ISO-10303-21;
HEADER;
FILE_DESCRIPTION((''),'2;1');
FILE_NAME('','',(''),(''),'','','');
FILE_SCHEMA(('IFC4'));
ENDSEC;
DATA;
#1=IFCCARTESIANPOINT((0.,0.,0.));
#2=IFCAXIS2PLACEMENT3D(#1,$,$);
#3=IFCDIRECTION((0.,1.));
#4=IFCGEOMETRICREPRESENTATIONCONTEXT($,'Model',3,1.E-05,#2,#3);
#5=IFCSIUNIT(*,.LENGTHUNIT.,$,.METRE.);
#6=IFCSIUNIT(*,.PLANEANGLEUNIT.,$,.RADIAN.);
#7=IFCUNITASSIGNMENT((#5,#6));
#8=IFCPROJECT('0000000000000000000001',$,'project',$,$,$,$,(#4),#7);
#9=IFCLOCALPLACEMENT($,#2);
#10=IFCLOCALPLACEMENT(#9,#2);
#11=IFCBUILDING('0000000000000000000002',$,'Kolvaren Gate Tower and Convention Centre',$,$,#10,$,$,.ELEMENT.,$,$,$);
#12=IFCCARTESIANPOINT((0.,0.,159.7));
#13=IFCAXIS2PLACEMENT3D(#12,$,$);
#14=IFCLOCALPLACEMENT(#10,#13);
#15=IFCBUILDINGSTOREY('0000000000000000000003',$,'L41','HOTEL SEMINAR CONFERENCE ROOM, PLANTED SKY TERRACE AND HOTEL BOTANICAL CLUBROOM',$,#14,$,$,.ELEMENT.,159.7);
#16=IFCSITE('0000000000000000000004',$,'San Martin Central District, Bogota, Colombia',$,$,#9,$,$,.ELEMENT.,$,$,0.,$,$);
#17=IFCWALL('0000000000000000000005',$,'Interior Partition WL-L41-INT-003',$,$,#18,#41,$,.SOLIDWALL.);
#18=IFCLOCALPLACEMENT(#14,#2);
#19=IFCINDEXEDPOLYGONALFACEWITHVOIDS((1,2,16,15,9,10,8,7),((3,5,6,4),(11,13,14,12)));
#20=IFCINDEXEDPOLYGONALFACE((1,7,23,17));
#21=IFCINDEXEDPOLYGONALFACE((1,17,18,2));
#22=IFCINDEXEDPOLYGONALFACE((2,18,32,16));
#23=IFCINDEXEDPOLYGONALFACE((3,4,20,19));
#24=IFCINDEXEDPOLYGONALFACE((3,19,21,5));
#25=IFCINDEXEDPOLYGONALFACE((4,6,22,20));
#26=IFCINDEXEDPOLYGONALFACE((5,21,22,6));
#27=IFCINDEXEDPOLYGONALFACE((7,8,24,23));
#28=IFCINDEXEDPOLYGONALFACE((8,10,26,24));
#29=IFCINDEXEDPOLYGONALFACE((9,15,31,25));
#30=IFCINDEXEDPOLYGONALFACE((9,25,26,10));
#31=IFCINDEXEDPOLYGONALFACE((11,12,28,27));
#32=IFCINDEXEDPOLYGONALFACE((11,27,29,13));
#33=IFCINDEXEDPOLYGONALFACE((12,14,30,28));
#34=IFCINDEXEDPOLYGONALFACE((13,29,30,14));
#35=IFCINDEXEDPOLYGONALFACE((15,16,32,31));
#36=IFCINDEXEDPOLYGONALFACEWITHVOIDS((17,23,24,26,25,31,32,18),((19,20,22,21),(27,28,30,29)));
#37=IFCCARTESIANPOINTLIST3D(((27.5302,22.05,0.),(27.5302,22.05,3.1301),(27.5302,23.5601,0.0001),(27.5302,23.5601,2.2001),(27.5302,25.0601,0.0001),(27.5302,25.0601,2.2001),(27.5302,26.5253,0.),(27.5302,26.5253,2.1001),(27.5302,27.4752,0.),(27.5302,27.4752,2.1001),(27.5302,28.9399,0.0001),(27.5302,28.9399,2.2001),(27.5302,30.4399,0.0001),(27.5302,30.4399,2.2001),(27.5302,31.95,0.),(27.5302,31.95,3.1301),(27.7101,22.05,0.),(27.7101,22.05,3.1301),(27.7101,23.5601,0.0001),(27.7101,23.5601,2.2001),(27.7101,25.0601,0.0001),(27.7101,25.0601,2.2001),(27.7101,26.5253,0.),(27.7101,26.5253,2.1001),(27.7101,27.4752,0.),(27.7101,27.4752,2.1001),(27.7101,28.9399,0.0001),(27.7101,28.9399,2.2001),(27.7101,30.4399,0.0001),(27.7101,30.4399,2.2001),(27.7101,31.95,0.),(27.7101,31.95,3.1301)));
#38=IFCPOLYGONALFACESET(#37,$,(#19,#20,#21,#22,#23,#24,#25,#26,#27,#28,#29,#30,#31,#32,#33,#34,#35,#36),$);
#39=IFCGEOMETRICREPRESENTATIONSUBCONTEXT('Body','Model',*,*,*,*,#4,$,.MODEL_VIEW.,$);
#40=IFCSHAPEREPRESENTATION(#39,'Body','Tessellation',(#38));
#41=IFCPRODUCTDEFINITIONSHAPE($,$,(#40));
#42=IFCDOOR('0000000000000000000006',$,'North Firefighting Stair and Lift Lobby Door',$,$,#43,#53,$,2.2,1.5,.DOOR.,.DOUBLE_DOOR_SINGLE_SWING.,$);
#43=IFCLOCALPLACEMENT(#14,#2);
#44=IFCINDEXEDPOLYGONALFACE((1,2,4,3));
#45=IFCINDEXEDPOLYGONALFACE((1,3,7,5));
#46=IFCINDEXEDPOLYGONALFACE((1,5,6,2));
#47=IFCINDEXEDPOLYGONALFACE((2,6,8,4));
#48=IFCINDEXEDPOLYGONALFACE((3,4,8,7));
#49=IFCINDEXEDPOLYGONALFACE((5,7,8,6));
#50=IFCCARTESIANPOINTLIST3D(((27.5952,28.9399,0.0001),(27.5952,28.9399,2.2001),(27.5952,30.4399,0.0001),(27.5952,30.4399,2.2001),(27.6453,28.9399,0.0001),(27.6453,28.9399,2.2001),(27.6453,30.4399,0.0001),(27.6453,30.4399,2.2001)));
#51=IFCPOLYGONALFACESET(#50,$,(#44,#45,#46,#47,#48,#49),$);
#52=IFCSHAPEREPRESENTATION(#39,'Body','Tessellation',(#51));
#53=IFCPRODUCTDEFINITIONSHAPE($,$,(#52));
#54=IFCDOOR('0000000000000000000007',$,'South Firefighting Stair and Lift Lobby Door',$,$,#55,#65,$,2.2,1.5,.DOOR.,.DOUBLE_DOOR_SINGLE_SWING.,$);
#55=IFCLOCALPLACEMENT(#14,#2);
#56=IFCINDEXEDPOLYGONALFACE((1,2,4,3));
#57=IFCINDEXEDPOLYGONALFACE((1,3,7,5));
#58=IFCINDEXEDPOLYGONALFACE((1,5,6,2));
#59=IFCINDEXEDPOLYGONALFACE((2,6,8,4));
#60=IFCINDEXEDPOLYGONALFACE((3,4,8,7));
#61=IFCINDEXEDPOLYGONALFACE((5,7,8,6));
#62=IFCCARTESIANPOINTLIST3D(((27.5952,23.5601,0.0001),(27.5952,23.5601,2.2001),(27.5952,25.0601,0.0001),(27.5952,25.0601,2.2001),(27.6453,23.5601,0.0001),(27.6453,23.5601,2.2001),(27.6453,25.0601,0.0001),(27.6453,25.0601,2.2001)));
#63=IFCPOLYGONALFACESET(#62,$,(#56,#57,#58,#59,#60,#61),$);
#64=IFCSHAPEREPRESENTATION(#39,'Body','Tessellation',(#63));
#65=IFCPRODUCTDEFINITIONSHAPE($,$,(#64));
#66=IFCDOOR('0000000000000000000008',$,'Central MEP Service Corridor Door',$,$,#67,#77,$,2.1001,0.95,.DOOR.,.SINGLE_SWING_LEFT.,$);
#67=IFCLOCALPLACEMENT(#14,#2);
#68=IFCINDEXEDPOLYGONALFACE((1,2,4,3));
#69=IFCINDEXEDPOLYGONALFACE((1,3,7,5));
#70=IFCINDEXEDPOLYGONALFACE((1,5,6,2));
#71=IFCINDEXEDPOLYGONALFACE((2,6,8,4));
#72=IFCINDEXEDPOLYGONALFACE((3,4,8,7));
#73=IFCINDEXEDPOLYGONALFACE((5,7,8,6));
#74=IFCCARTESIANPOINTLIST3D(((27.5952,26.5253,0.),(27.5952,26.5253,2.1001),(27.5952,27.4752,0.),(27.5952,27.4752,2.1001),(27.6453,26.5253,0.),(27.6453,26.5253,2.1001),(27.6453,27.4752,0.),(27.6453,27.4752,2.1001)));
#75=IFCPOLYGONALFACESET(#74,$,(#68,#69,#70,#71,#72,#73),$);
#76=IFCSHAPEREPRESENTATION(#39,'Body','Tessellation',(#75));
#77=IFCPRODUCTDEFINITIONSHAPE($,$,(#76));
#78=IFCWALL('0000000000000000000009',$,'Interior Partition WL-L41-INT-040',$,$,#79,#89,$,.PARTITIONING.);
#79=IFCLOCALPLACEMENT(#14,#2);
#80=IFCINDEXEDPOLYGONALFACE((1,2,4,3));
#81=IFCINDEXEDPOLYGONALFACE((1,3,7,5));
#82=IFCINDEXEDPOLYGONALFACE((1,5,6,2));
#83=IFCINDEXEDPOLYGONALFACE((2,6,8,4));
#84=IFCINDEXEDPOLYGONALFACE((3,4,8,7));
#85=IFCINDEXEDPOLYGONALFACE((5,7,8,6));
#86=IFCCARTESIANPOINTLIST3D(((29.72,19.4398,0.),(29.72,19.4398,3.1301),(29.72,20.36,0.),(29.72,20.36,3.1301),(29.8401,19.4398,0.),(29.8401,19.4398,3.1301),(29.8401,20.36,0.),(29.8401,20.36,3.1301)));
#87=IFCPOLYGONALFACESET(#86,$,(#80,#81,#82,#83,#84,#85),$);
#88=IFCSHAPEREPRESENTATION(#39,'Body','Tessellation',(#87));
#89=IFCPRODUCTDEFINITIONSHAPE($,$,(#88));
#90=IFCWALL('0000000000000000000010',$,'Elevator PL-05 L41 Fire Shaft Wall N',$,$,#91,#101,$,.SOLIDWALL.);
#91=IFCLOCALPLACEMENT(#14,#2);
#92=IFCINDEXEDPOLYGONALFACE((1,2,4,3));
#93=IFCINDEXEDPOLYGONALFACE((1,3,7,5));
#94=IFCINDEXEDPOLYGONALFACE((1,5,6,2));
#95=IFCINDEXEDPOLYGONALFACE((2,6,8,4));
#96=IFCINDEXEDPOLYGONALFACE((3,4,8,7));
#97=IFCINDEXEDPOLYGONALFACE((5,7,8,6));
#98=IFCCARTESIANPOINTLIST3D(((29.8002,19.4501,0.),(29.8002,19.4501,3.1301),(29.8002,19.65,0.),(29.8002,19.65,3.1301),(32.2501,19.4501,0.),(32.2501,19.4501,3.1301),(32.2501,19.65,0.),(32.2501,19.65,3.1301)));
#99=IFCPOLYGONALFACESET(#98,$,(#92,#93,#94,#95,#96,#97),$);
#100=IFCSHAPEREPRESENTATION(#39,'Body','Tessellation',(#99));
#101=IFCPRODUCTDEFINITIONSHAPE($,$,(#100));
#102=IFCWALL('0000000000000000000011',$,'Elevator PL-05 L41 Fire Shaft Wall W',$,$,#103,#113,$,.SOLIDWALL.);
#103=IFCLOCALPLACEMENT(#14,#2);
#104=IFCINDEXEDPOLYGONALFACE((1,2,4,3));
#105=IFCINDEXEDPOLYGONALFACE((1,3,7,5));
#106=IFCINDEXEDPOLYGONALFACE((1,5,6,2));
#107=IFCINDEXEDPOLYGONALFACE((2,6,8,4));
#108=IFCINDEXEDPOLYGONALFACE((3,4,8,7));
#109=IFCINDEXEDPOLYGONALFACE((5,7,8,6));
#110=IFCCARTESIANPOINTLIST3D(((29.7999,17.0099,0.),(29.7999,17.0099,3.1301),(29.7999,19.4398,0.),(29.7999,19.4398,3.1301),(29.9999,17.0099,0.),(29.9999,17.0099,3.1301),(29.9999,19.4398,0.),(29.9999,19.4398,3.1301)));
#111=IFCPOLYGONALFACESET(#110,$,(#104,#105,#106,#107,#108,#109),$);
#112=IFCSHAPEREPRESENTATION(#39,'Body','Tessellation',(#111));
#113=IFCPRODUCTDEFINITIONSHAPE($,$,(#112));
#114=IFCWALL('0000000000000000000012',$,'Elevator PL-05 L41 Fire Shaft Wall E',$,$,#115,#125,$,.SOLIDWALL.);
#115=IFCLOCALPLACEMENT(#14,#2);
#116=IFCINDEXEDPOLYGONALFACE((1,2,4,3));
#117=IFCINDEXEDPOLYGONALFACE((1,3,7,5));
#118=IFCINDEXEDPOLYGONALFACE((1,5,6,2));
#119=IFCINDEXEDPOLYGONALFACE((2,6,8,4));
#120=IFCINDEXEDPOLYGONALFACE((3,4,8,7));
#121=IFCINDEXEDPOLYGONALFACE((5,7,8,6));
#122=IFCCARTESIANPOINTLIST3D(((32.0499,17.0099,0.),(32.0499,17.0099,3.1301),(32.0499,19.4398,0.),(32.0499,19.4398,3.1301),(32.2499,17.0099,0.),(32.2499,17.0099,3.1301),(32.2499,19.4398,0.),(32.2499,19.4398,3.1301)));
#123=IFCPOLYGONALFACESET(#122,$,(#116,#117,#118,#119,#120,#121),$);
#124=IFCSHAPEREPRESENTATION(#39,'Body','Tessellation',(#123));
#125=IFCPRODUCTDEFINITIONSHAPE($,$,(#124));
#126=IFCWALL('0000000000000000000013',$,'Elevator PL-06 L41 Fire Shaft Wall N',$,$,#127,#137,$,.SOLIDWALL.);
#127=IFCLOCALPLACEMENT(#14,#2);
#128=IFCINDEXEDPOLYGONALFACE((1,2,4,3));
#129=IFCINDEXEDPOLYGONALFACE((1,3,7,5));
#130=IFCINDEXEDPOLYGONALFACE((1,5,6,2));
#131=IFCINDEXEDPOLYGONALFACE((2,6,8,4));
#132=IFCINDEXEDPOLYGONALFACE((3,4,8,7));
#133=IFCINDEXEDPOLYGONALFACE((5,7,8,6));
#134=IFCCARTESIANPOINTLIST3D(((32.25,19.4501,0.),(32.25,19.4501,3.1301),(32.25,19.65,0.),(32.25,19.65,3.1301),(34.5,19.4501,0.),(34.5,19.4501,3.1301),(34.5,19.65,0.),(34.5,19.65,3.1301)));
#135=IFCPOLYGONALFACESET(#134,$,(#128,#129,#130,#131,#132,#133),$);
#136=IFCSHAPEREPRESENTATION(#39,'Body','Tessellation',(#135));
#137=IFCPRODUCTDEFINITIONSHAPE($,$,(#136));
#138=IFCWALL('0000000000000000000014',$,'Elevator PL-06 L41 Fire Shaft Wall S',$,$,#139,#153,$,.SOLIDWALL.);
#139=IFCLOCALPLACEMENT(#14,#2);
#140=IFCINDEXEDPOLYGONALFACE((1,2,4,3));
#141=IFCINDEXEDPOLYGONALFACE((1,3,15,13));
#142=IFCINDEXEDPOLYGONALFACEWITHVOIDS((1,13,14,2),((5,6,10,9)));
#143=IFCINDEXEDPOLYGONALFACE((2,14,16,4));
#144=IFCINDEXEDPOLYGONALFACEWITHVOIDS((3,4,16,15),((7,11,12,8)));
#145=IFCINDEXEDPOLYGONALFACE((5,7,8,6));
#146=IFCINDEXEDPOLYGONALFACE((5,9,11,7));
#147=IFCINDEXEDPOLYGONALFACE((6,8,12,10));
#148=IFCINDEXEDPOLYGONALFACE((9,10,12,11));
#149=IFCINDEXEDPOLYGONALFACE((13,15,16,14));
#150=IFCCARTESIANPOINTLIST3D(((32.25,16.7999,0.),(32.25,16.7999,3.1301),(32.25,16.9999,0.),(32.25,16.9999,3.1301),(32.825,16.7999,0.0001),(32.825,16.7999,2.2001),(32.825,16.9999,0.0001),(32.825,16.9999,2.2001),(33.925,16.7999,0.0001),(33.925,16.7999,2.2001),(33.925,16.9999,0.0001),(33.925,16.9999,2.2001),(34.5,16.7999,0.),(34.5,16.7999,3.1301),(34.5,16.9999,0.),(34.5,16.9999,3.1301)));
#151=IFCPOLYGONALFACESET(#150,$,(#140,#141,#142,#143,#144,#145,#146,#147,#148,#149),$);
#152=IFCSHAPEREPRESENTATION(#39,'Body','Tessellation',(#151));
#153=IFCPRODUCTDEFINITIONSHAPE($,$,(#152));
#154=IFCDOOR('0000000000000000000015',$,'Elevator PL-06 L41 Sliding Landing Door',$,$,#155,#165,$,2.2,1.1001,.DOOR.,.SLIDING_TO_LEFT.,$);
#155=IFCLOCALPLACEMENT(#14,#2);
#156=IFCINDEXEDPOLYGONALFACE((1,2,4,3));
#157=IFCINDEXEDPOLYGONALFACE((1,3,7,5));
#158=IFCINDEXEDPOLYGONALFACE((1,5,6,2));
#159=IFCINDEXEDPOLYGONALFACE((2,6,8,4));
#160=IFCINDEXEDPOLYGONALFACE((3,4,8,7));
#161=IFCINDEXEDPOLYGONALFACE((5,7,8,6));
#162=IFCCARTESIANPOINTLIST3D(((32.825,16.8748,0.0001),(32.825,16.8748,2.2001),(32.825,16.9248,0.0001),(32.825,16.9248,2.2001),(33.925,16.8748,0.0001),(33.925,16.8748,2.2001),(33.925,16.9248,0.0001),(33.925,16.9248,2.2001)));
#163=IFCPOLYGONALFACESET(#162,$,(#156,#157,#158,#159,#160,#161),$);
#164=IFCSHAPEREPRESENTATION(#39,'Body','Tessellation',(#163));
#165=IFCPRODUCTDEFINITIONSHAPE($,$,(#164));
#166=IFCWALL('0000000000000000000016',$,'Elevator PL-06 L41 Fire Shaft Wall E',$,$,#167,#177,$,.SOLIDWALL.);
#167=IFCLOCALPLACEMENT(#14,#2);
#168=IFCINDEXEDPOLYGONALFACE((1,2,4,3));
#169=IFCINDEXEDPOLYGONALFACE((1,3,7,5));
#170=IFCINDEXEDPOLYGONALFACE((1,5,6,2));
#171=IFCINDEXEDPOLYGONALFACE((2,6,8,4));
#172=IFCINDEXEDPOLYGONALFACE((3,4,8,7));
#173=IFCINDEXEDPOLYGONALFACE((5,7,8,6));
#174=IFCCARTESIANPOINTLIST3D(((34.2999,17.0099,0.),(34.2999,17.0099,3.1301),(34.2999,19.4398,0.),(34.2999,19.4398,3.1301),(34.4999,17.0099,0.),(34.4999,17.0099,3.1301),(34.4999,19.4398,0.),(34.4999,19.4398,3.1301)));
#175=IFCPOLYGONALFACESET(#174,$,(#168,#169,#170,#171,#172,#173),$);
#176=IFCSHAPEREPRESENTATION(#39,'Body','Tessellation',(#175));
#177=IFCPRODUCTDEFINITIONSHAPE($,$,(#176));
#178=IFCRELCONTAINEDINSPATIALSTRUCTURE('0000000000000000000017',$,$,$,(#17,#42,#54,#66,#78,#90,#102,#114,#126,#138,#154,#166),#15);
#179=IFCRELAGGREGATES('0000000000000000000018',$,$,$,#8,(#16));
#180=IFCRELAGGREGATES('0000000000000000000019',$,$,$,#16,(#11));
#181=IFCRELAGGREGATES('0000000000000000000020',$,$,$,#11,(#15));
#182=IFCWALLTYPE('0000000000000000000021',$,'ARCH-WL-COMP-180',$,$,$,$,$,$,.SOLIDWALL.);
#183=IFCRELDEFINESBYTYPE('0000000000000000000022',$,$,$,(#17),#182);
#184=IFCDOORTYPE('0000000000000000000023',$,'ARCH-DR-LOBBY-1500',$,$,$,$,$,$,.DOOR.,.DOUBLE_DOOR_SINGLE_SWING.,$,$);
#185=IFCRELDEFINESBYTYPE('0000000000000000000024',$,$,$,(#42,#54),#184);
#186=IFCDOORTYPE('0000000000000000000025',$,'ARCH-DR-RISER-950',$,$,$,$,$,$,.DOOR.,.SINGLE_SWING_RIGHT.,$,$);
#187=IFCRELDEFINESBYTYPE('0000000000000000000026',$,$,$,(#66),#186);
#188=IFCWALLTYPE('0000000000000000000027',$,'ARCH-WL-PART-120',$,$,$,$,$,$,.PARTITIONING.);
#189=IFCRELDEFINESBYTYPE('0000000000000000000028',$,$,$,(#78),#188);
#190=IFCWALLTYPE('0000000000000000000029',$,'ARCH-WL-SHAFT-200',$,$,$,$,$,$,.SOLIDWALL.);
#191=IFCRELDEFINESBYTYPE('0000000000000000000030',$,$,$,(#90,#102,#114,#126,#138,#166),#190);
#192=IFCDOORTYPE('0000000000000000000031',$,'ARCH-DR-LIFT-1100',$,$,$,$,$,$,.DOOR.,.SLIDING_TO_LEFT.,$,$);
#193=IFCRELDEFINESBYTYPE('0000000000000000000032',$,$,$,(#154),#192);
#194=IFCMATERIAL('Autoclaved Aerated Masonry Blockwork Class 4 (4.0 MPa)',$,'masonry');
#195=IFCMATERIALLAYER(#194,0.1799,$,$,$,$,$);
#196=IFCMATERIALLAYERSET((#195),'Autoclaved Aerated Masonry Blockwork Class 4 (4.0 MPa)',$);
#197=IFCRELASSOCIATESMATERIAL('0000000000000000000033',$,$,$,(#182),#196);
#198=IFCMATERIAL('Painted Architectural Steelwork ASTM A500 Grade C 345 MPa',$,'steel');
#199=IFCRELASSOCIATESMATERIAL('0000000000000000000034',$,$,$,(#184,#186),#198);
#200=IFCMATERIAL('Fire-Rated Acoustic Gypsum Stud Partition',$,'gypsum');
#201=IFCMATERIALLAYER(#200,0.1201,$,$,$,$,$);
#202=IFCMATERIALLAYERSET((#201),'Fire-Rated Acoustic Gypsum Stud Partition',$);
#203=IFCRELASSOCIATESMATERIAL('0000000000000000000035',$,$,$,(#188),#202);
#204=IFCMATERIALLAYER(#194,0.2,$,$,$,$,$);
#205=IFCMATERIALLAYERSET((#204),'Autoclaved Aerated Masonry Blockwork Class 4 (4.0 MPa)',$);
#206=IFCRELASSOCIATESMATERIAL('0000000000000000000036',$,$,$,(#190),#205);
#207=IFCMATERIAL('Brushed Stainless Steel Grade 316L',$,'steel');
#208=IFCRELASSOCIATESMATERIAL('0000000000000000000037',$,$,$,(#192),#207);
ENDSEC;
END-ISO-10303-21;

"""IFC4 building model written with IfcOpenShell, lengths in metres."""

from ifc_helpers import new_model, si_unit, direction, frame, frame_2d, origin, place, context, subcontext, project, spatial, rectangle, extrude, material, layer, layer_set, type_object, element, fill, save


model = new_model("IFC4")

# Units and contexts
model_context = context("Model", 3, precision=1e-05, world=origin(), true_north=direction((0.0, 1.0)))
body_context = subcontext(model_context, "Body", "Model", "MODEL_VIEW")
ifc_project = project(units=[si_unit("LENGTHUNIT", "METRE"), si_unit("PLANEANGLEUNIT", "RADIAN")], contexts=[model_context])

# Site, building, storey
site_placement = place(None, origin())
site = spatial("IfcSite", under=ifc_project, at=site_placement, Name="San Martin Central District, Bogota, Colombia", CompositionType="ELEMENT", RefElevation=0.0)
building_placement = place(site_placement, origin())
building = spatial("IfcBuilding", under=site, at=building_placement, Name="Kolvaren Gate Tower and Convention Centre", CompositionType="ELEMENT")
storey_placement = place(building_placement, frame((0.0, 0.0, 159.7)))
storey = spatial("IfcBuildingStorey", under=building, at=storey_placement, Name="L41", Description="HOTEL SEMINAR CONFERENCE ROOM, PLANTED SKY TERRACE AND HOTEL BOTANICAL CLUBROOM", CompositionType="ELEMENT", Elevation=159.7)

# Wall, openings, doors
ifc_material_1 = material(Name="Autoclaved Aerated Masonry Blockwork Class 4 (4.0 MPa)", Category="masonry")
ifc_layer_1 = layer(ifc_material_1, 0.1799)
ifc_layer_set_1 = layer_set([ifc_layer_1], Name="Autoclaved Aerated Masonry Blockwork Class 4 (4.0 MPa)")
wall_type_1 = type_object("IfcWallType", Name="ARCH-WL-COMP-180", PredefinedType="SOLIDWALL", material=ifc_layer_set_1)
wall_1_placement = place(storey_placement, frame((27.6201, 22.05, 0.0), z_axis=(0.0, 0.0, 1.0), x_axis=(0.0, 1.0, 0.0)))
wall_1 = element("IfcWall", 1, at=wall_1_placement, inside=storey, type_object=wall_type_1, Name="Interior Partition WL-L41-INT-003", PredefinedType="SOLIDWALL", context=body_context, shape_type="SweptSolid", body=[
    extrude(rectangle(XDim=9.8999, YDim=0.1799, at=frame_2d((4.95, 0.0))), origin(), (0.0, 0.0, 1.0), 3.1301),
])
opening_1_placement = place(wall_1_placement, frame((4.4751, 0.0, 0.0)))
opening_1 = element("IfcOpeningElement", 2, at=opening_1_placement, cuts=wall_1, PredefinedType="OPENING", context=body_context, shape_type="SweptSolid", body=[
    extrude(rectangle(XDim=0.95, YDim=2.1001, at=frame_2d((0.4751, 1.05))), frame((0.0, 0.0999, 0.0), z_axis=(0.0, -1.0, 0.0), x_axis=(1.0, 0.0, 0.0)), (0.0, 0.0, 1.0), 0.2),
])
opening_2_placement = place(wall_1_placement, frame((6.8899, 0.0, 0.0)))
opening_2 = element("IfcOpeningElement", 3, at=opening_2_placement, cuts=wall_1, PredefinedType="OPENING", context=body_context, shape_type="SweptSolid", body=[
    extrude(rectangle(XDim=1.5, YDim=2.2, at=frame_2d((0.75, 1.1001))), frame((0.0, 0.0999, 0.0), z_axis=(0.0, -1.0, 0.0), x_axis=(1.0, 0.0, 0.0)), (0.0, 0.0, 1.0), 0.2),
])
opening_3_placement = place(wall_1_placement, frame((1.51, 0.0, 0.0)))
opening_3 = element("IfcOpeningElement", 4, at=opening_3_placement, cuts=wall_1, PredefinedType="OPENING", context=body_context, shape_type="SweptSolid", body=[
    extrude(rectangle(XDim=1.5, YDim=2.2, at=frame_2d((0.75, 1.1001))), frame((0.0, 0.0999, 0.0), z_axis=(0.0, -1.0, 0.0), x_axis=(1.0, 0.0, 0.0)), (0.0, 0.0, 1.0), 0.2),
])
ifc_material_2 = material(Name="Painted Architectural Steelwork ASTM A500 Grade C 345 MPa", Category="steel")
door_type_1 = type_object("IfcDoorType", Name="ARCH-DR-LOBBY-1500", OperationType="DOUBLE_DOOR_SINGLE_SWING", PredefinedType="DOOR", material=ifc_material_2)
door_1_placement = place(opening_2_placement, origin())
door_1 = element("IfcDoor", 5, at=door_1_placement, inside=storey, type_object=door_type_1, Name="North Firefighting Stair and Lift Lobby Door", OperationType="DOUBLE_DOOR_SINGLE_SWING", OverallHeight=2.2, OverallWidth=1.5, PredefinedType="DOOR", context=body_context, shape_type="SweptSolid", body=[
    extrude(rectangle(XDim=1.5, YDim=2.2, at=frame_2d((0.75, 1.1001))), frame((0.0, 0.0249, 0.0), z_axis=(0.0, -1.0, 0.0), x_axis=(1.0, 0.0, 0.0)), (0.0, 0.0, 1.0), 0.05),
])
fill(opening_2, door_1)
door_2_placement = place(opening_3_placement, origin())
door_2 = element("IfcDoor", 6, at=door_2_placement, inside=storey, type_object=door_type_1, Name="South Firefighting Stair and Lift Lobby Door", OperationType="DOUBLE_DOOR_SINGLE_SWING", OverallHeight=2.2, OverallWidth=1.5, PredefinedType="DOOR", context=body_context, shape_type="SweptSolid", body=[
    extrude(rectangle(XDim=1.5, YDim=2.2, at=frame_2d((0.75, 1.1001))), frame((0.0, 0.0249, 0.0), z_axis=(0.0, -1.0, 0.0), x_axis=(1.0, 0.0, 0.0)), (0.0, 0.0, 1.0), 0.05),
])
fill(opening_3, door_2)
door_type_2 = type_object("IfcDoorType", Name="ARCH-DR-RISER-950", OperationType="SINGLE_SWING_RIGHT", PredefinedType="DOOR", material=ifc_material_2)
door_3_placement = place(opening_1_placement, origin())
door_3 = element("IfcDoor", 7, at=door_3_placement, inside=storey, type_object=door_type_2, Name="Central MEP Service Corridor Door", OperationType="SINGLE_SWING_LEFT", OverallHeight=2.1001, OverallWidth=0.95, PredefinedType="DOOR", context=body_context, shape_type="SweptSolid", body=[
    extrude(rectangle(XDim=0.95, YDim=2.1001, at=frame_2d((0.4751, 1.05))), frame((0.0, 0.0249, 0.0), z_axis=(0.0, -1.0, 0.0), x_axis=(1.0, 0.0, 0.0)), (0.0, 0.0, 1.0), 0.05),
])
fill(opening_1, door_3)

# Walls
ifc_material_3 = material(Name="Fire-Rated Acoustic Gypsum Stud Partition", Category="gypsum")
ifc_layer_2 = layer(ifc_material_3, 0.1201)
ifc_layer_set_2 = layer_set([ifc_layer_2], Name="Fire-Rated Acoustic Gypsum Stud Partition")
wall_type_2 = type_object("IfcWallType", Name="ARCH-WL-PART-120", PredefinedType="PARTITIONING", material=ifc_layer_set_2)
wall_2_placement = place(storey_placement, frame((29.78, 19.4399, 0.0), z_axis=(0.0, 0.0, 1.0), x_axis=(0.0, 1.0, 0.0)))
element("IfcWall", 8, at=wall_2_placement, inside=storey, type_object=wall_type_2, Name="Interior Partition WL-L41-INT-040", PredefinedType="PARTITIONING", context=body_context, shape_type="SweptSolid", body=[
    extrude(rectangle(XDim=0.9202, YDim=0.1201, at=frame_2d((0.46, 0.0))), origin(), (0.0, 0.0, 1.0), 3.1301),
])
ifc_layer_3 = layer(ifc_material_1, 0.2)
ifc_layer_set_3 = layer_set([ifc_layer_3], Name="Autoclaved Aerated Masonry Blockwork Class 4 (4.0 MPa)")
wall_type_3 = type_object("IfcWallType", Name="ARCH-WL-SHAFT-200", PredefinedType="SOLIDWALL", material=ifc_layer_set_3)
wall_3_placement = place(storey_placement, frame((29.8, 19.55, 0.0), z_axis=(0.0, 0.0, 1.0), x_axis=(1.0, 0.0, 0.0)))
element("IfcWall", 9, at=wall_3_placement, inside=storey, type_object=wall_type_3, Name="Elevator PL-05 L41 Fire Shaft Wall N", PredefinedType="SOLIDWALL", context=body_context, shape_type="SweptSolid", body=[
    extrude(rectangle(XDim=2.45, YDim=0.2, at=frame_2d((1.2251, 0.0))), origin(), (0.0, 0.0, 1.0), 3.1301),
])
for number, where, z_axis, x_axis, name in (
    (10, (29.8999, 17.01, 0.0), (0.0, 0.0, 1.0), (0.0, 1.0, 0.0), "Elevator PL-05 L41 Fire Shaft Wall W"),
    (11, (32.1499, 17.01, 0.0), (0.0, 0.0, 1.0), (0.0, 1.0, 0.0), "Elevator PL-05 L41 Fire Shaft Wall E"),
):
    element("IfcWall", number, at=place(storey_placement, frame(where, z_axis=z_axis, x_axis=x_axis)), inside=storey, type_object=wall_type_3, Name=name, PredefinedType="SOLIDWALL", context=body_context, shape_type="SweptSolid", body=[
        extrude(rectangle(XDim=2.4299, YDim=0.2, at=frame_2d((1.2148, 0.0))), origin(), (0.0, 0.0, 1.0), 3.1301),
    ])
wall_4_placement = place(storey_placement, frame((32.25, 19.55, 0.0), z_axis=(0.0, 0.0, 1.0), x_axis=(1.0, 0.0, 0.0)))
element("IfcWall", 12, at=wall_4_placement, inside=storey, type_object=wall_type_3, Name="Elevator PL-06 L41 Fire Shaft Wall N", PredefinedType="SOLIDWALL", context=body_context, shape_type="SweptSolid", body=[
    extrude(rectangle(XDim=2.25, YDim=0.2, at=frame_2d((1.125, 0.0))), origin(), (0.0, 0.0, 1.0), 3.1301),
])

# Wall, opening, door
wall_5_placement = place(storey_placement, frame((32.25, 16.8999, 0.0), z_axis=(0.0, 0.0, 1.0), x_axis=(1.0, 0.0, 0.0)))
wall_5 = element("IfcWall", 13, at=wall_5_placement, inside=storey, type_object=wall_type_3, Name="Elevator PL-06 L41 Fire Shaft Wall S", PredefinedType="SOLIDWALL", context=body_context, shape_type="SweptSolid", body=[
    extrude(rectangle(XDim=2.25, YDim=0.2, at=frame_2d((1.125, 0.0))), origin(), (0.0, 0.0, 1.0), 3.1301),
])
opening_4_placement = place(wall_5_placement, frame((0.575, 0.0, 0.0)))
opening_4 = element("IfcOpeningElement", 14, at=opening_4_placement, cuts=wall_5, PredefinedType="OPENING", context=body_context, shape_type="SweptSolid", body=[
    extrude(rectangle(XDim=1.1001, YDim=2.2, at=frame_2d((0.55, 1.1001))), frame((0.0, 0.1099, 0.0), z_axis=(0.0, -1.0, 0.0), x_axis=(1.0, 0.0, 0.0)), (0.0, 0.0, 1.0), 0.22),
])
ifc_material_4 = material(Name="Brushed Stainless Steel Grade 316L", Category="steel")
door_type_3 = type_object("IfcDoorType", Name="ARCH-DR-LIFT-1100", OperationType="SLIDING_TO_LEFT", PredefinedType="DOOR", material=ifc_material_4)
door_4_placement = place(opening_4_placement, origin())
door_4 = element("IfcDoor", 15, at=door_4_placement, inside=storey, type_object=door_type_3, Name="Elevator PL-06 L41 Sliding Landing Door", OperationType="SLIDING_TO_LEFT", OverallHeight=2.2, OverallWidth=1.1001, PredefinedType="DOOR", context=body_context, shape_type="SweptSolid", body=[
    extrude(rectangle(XDim=1.1001, YDim=2.2, at=frame_2d((0.55, 1.1001))), frame((0.0, 0.0249, 0.0), z_axis=(0.0, -1.0, 0.0), x_axis=(1.0, 0.0, 0.0)), (0.0, 0.0, 1.0), 0.05),
])
fill(opening_4, door_4)

# Wall
wall_6_placement = place(storey_placement, frame((34.3999, 17.01, 0.0), z_axis=(0.0, 0.0, 1.0), x_axis=(0.0, 1.0, 0.0)))
element("IfcWall", 16, at=wall_6_placement, inside=storey, type_object=wall_type_3, Name="Elevator PL-06 L41 Fire Shaft Wall E", PredefinedType="SOLIDWALL", context=body_context, shape_type="SweptSolid", body=[
    extrude(rectangle(XDim=2.4299, YDim=0.2, at=frame_2d((1.2148, 0.0))), origin(), (0.0, 0.0, 1.0), 3.1301),
])

save(model, "model.ifc")
